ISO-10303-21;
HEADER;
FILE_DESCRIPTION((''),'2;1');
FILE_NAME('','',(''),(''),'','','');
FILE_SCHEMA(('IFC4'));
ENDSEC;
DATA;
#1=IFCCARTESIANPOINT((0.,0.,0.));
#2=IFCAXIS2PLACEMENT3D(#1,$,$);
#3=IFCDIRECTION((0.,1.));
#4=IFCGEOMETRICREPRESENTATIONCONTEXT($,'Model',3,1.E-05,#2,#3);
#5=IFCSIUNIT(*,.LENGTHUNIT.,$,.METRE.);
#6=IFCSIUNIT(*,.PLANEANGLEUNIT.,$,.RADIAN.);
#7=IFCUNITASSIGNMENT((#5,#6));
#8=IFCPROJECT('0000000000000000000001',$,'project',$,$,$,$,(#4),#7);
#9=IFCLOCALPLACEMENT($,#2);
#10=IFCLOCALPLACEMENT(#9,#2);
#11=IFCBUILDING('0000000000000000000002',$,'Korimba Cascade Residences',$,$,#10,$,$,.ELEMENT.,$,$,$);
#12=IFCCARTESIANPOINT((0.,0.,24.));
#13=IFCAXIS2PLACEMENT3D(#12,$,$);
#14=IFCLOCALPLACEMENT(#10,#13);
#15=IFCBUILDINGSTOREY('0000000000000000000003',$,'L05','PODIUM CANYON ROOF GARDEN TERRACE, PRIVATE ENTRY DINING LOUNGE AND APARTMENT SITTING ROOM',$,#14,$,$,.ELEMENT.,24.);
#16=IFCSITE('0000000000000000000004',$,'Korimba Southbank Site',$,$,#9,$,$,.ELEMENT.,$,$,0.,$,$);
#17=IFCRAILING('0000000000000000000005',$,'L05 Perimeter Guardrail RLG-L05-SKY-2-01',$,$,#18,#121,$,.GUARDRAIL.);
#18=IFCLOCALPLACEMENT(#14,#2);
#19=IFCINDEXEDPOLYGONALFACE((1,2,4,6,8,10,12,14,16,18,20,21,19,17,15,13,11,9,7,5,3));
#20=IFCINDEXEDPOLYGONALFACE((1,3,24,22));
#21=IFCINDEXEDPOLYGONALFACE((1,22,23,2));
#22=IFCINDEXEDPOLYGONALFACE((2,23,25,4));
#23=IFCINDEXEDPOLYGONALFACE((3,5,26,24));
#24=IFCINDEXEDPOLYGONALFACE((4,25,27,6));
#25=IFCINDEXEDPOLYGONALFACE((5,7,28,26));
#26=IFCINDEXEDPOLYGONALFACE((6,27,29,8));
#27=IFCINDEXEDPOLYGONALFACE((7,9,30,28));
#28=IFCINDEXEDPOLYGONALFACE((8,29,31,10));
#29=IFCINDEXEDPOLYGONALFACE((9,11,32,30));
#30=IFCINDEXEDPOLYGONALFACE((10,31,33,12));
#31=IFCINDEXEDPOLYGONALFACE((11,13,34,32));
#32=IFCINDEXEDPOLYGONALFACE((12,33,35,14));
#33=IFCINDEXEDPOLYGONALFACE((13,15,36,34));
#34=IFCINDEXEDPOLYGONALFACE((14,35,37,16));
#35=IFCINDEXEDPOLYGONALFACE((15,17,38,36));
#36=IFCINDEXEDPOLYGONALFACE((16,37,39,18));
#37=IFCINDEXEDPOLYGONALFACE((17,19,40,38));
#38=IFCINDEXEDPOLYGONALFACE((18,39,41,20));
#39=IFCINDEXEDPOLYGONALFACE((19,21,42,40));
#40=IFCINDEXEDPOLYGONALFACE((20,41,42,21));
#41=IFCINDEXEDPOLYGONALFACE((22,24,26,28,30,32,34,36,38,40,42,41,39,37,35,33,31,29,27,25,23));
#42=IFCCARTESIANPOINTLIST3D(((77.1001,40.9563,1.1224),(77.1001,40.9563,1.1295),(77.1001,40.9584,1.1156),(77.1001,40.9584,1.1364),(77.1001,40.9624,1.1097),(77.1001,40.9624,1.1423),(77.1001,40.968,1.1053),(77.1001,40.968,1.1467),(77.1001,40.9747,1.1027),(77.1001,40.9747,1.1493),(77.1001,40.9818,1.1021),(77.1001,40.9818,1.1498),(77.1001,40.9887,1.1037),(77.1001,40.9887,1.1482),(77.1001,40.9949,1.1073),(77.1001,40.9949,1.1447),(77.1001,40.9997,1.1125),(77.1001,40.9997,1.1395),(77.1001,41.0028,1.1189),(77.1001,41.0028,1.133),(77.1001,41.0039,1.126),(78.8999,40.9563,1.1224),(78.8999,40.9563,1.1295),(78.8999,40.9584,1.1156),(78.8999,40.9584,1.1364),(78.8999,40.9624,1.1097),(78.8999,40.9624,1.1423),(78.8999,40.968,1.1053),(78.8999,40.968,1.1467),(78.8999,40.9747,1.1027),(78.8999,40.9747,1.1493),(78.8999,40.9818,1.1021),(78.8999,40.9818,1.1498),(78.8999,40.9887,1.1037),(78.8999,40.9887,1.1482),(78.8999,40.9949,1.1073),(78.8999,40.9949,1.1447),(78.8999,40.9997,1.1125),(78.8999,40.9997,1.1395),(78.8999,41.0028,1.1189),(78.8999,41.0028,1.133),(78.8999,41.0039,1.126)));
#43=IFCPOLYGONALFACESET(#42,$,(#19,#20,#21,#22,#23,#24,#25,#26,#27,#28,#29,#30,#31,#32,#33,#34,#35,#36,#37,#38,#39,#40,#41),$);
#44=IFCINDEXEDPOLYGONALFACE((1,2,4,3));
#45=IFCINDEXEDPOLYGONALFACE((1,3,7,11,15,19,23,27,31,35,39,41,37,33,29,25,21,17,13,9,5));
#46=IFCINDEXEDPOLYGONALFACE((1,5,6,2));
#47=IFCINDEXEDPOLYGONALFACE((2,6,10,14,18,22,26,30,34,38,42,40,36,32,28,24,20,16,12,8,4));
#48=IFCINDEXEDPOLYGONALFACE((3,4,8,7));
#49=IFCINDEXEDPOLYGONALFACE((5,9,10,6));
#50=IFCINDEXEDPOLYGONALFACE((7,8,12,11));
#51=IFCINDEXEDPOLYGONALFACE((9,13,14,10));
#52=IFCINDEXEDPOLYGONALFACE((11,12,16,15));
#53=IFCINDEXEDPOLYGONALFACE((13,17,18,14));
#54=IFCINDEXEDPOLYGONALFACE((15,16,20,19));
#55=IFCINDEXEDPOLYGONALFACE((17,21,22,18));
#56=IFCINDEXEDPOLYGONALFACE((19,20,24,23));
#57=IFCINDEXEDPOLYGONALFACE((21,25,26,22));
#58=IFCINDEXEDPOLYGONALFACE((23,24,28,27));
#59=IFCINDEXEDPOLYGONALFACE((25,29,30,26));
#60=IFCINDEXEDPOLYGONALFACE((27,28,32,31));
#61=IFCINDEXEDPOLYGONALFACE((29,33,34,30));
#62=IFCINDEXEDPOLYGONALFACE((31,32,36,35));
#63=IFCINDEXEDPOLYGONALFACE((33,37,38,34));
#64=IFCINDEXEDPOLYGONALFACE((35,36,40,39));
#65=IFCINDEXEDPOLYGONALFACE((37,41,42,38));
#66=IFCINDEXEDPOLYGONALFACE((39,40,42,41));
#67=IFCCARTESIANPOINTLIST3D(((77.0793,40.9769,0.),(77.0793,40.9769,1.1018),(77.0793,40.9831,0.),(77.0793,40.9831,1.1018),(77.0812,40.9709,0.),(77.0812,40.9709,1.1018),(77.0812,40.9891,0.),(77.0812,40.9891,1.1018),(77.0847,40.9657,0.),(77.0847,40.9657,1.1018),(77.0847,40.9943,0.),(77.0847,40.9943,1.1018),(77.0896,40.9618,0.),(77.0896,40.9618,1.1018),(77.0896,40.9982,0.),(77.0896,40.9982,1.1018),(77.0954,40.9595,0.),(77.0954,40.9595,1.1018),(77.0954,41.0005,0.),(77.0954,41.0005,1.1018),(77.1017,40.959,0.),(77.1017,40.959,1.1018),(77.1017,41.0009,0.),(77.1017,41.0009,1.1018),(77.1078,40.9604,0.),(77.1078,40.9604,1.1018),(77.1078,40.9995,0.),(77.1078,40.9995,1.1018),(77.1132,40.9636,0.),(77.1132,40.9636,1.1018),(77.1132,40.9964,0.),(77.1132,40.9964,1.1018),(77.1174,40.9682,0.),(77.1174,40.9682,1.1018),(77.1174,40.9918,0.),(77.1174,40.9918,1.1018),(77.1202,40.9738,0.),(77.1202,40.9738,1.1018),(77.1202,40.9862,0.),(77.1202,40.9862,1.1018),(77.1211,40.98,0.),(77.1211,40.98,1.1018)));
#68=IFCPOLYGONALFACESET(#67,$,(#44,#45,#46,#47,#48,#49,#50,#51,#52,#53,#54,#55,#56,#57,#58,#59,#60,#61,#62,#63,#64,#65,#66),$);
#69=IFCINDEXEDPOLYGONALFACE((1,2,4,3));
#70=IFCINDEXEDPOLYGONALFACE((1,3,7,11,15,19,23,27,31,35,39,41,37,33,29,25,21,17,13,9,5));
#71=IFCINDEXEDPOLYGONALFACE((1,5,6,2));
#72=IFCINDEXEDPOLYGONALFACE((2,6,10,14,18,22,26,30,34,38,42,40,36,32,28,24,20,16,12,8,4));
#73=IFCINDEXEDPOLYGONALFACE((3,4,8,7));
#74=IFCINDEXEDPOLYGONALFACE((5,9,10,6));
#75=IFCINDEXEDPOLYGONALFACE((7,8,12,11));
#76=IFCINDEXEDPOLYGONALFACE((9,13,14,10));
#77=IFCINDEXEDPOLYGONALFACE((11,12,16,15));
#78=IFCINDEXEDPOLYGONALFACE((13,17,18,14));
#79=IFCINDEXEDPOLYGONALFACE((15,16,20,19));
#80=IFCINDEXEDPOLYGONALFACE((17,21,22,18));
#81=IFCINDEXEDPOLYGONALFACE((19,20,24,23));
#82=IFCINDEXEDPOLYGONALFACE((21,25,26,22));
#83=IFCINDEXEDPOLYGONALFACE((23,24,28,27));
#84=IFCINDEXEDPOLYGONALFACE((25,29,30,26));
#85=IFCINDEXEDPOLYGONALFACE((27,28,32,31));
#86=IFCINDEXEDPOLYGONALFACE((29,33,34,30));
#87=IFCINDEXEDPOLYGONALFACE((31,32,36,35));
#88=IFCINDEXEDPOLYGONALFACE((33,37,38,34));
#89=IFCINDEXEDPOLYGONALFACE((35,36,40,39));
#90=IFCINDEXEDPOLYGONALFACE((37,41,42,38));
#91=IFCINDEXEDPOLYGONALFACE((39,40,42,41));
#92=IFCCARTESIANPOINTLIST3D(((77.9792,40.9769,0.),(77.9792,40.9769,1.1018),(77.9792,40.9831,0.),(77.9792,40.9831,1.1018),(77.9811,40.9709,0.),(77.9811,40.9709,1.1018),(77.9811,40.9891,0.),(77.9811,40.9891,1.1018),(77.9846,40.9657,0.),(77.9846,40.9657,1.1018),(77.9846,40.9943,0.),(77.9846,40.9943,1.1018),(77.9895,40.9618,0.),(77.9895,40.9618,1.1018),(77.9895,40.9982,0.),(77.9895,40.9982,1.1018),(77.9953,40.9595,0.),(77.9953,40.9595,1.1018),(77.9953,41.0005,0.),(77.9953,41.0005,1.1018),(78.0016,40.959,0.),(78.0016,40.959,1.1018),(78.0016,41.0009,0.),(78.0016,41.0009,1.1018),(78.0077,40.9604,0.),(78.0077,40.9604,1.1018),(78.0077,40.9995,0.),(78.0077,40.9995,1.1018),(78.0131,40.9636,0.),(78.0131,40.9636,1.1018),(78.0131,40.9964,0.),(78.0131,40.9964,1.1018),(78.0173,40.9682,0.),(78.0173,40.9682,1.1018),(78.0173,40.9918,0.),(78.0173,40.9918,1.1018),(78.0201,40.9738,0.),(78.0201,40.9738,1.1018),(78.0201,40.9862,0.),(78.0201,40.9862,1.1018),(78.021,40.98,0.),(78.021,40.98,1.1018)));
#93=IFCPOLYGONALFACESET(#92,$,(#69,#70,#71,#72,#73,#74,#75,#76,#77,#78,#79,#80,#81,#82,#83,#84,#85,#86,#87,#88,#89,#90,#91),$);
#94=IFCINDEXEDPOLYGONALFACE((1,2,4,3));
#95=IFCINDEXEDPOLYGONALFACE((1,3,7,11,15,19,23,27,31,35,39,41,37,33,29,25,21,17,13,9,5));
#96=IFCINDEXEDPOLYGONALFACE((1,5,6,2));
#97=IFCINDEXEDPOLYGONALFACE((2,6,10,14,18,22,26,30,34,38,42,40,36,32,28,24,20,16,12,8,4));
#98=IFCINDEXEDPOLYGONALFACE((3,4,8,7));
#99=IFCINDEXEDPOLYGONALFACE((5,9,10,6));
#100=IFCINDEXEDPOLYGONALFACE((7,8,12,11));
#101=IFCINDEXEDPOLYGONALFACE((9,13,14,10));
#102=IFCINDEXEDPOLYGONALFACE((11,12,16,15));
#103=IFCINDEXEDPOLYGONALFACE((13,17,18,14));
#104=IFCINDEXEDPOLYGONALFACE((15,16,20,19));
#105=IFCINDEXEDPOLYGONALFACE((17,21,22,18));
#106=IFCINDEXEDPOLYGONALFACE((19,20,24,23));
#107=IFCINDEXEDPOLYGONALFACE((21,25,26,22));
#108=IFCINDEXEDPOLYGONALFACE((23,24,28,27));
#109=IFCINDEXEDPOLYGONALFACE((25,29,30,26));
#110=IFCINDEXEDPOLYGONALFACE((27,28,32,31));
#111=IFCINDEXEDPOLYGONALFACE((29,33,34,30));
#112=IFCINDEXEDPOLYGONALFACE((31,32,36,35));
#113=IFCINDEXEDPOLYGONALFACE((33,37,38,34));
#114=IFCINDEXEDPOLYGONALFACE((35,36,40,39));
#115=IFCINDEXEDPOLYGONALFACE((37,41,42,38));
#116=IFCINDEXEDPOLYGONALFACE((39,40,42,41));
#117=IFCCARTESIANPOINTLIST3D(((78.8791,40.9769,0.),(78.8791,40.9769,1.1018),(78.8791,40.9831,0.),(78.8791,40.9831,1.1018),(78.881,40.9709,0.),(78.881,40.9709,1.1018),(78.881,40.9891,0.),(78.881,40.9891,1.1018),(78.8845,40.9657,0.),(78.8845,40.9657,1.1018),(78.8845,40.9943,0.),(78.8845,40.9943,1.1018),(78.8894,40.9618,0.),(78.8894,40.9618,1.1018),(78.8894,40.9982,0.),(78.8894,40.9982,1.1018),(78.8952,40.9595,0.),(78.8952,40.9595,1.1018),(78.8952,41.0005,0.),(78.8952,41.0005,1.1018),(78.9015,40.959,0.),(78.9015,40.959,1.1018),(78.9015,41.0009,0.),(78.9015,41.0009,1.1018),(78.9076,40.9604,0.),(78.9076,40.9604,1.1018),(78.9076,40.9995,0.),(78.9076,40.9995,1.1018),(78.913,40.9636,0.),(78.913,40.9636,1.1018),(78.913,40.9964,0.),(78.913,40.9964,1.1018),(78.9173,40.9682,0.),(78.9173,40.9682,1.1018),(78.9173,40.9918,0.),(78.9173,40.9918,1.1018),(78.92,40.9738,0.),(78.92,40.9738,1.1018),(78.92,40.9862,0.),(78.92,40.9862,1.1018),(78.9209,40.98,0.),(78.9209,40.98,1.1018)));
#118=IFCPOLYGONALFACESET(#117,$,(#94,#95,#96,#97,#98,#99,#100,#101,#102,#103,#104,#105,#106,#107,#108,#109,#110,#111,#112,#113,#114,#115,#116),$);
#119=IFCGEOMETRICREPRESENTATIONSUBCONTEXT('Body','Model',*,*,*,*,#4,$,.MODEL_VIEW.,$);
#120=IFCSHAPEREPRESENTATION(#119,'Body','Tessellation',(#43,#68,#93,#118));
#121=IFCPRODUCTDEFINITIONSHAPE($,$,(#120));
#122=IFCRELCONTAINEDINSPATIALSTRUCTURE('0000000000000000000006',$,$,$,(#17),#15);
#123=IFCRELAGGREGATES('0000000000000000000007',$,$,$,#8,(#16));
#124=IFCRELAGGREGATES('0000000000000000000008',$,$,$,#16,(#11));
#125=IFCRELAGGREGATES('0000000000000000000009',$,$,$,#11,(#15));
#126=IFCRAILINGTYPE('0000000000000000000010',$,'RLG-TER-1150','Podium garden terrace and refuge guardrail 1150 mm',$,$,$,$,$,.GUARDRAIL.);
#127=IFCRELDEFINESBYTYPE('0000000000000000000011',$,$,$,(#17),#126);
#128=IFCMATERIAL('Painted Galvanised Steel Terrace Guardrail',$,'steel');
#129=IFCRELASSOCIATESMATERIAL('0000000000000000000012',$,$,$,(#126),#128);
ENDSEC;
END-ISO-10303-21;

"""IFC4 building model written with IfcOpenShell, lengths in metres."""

from ifc_helpers import new_model, si_unit, direction, frame, origin, origin_2d, place, context, subcontext, project, spatial, circle, extrude, material, type_object, element, save


model = new_model("IFC4")

# Units and contexts
model_context = context("Model", 3, precision=1e-05, world=origin(), true_north=direction((0.0, 1.0)))
body_context = subcontext(model_context, "Body", "Model", "MODEL_VIEW")
ifc_project = project(units=[si_unit("LENGTHUNIT", "METRE"), si_unit("PLANEANGLEUNIT", "RADIAN")], contexts=[model_context])

# Site, building, storey
site_placement = place(None, origin())
site = spatial("IfcSite", under=ifc_project, at=site_placement, Name="Korimba Southbank Site", CompositionType="ELEMENT", RefElevation=0.0)
building_placement = place(site_placement, origin())
building = spatial("IfcBuilding", under=site, at=building_placement, Name="Korimba Cascade Residences", CompositionType="ELEMENT")
storey_placement = place(building_placement, frame((0.0, 0.0, 24.0)))
storey = spatial("IfcBuildingStorey", under=building, at=storey_placement, Name="L05", Description="PODIUM CANYON ROOF GARDEN TERRACE, PRIVATE ENTRY DINING LOUNGE AND APARTMENT SITTING ROOM", CompositionType="ELEMENT", Elevation=24.0)

# Railing
ifc_material_1 = material(Name="Painted Galvanised Steel Terrace Guardrail", Category="steel")
railing_type_1 = type_object("IfcRailingType", Name="RLG-TER-1150", Description="Podium garden terrace and refuge guardrail 1150 mm", PredefinedType="GUARDRAIL", material=ifc_material_1)
railing_1_placement = place(storey_placement, frame((77.1001, 40.98, 0.0)))
element("IfcRailing", 1, at=railing_1_placement, inside=storey, type_object=railing_type_1, Name="L05 Perimeter Guardrail RLG-L05-SKY-2-01", PredefinedType="GUARDRAIL", context=body_context, shape_type="SweptSolid", body=[
    extrude(circle(Radius=0.0239, at=origin_2d()), frame((0.0, 0.0, 1.126), z_axis=(1.0, 0.0, 0.0), x_axis=(0.0, 1.0, 0.0)), (0.0, 0.0, 1.0), 1.7998),
    extrude(circle(Radius=0.021, at=origin_2d()), origin(), (0.0, 0.0, 1.0), 1.1018),
    extrude(circle(Radius=0.021, at=origin_2d()), frame((0.8999, 0.0, 0.0)), (0.0, 0.0, 1.0), 1.1018),
    extrude(circle(Radius=0.021, at=origin_2d()), frame((1.7998, 0.0, 0.0)), (0.0, 0.0, 1.0), 1.1018),
])

save(model, "model.ifc")
